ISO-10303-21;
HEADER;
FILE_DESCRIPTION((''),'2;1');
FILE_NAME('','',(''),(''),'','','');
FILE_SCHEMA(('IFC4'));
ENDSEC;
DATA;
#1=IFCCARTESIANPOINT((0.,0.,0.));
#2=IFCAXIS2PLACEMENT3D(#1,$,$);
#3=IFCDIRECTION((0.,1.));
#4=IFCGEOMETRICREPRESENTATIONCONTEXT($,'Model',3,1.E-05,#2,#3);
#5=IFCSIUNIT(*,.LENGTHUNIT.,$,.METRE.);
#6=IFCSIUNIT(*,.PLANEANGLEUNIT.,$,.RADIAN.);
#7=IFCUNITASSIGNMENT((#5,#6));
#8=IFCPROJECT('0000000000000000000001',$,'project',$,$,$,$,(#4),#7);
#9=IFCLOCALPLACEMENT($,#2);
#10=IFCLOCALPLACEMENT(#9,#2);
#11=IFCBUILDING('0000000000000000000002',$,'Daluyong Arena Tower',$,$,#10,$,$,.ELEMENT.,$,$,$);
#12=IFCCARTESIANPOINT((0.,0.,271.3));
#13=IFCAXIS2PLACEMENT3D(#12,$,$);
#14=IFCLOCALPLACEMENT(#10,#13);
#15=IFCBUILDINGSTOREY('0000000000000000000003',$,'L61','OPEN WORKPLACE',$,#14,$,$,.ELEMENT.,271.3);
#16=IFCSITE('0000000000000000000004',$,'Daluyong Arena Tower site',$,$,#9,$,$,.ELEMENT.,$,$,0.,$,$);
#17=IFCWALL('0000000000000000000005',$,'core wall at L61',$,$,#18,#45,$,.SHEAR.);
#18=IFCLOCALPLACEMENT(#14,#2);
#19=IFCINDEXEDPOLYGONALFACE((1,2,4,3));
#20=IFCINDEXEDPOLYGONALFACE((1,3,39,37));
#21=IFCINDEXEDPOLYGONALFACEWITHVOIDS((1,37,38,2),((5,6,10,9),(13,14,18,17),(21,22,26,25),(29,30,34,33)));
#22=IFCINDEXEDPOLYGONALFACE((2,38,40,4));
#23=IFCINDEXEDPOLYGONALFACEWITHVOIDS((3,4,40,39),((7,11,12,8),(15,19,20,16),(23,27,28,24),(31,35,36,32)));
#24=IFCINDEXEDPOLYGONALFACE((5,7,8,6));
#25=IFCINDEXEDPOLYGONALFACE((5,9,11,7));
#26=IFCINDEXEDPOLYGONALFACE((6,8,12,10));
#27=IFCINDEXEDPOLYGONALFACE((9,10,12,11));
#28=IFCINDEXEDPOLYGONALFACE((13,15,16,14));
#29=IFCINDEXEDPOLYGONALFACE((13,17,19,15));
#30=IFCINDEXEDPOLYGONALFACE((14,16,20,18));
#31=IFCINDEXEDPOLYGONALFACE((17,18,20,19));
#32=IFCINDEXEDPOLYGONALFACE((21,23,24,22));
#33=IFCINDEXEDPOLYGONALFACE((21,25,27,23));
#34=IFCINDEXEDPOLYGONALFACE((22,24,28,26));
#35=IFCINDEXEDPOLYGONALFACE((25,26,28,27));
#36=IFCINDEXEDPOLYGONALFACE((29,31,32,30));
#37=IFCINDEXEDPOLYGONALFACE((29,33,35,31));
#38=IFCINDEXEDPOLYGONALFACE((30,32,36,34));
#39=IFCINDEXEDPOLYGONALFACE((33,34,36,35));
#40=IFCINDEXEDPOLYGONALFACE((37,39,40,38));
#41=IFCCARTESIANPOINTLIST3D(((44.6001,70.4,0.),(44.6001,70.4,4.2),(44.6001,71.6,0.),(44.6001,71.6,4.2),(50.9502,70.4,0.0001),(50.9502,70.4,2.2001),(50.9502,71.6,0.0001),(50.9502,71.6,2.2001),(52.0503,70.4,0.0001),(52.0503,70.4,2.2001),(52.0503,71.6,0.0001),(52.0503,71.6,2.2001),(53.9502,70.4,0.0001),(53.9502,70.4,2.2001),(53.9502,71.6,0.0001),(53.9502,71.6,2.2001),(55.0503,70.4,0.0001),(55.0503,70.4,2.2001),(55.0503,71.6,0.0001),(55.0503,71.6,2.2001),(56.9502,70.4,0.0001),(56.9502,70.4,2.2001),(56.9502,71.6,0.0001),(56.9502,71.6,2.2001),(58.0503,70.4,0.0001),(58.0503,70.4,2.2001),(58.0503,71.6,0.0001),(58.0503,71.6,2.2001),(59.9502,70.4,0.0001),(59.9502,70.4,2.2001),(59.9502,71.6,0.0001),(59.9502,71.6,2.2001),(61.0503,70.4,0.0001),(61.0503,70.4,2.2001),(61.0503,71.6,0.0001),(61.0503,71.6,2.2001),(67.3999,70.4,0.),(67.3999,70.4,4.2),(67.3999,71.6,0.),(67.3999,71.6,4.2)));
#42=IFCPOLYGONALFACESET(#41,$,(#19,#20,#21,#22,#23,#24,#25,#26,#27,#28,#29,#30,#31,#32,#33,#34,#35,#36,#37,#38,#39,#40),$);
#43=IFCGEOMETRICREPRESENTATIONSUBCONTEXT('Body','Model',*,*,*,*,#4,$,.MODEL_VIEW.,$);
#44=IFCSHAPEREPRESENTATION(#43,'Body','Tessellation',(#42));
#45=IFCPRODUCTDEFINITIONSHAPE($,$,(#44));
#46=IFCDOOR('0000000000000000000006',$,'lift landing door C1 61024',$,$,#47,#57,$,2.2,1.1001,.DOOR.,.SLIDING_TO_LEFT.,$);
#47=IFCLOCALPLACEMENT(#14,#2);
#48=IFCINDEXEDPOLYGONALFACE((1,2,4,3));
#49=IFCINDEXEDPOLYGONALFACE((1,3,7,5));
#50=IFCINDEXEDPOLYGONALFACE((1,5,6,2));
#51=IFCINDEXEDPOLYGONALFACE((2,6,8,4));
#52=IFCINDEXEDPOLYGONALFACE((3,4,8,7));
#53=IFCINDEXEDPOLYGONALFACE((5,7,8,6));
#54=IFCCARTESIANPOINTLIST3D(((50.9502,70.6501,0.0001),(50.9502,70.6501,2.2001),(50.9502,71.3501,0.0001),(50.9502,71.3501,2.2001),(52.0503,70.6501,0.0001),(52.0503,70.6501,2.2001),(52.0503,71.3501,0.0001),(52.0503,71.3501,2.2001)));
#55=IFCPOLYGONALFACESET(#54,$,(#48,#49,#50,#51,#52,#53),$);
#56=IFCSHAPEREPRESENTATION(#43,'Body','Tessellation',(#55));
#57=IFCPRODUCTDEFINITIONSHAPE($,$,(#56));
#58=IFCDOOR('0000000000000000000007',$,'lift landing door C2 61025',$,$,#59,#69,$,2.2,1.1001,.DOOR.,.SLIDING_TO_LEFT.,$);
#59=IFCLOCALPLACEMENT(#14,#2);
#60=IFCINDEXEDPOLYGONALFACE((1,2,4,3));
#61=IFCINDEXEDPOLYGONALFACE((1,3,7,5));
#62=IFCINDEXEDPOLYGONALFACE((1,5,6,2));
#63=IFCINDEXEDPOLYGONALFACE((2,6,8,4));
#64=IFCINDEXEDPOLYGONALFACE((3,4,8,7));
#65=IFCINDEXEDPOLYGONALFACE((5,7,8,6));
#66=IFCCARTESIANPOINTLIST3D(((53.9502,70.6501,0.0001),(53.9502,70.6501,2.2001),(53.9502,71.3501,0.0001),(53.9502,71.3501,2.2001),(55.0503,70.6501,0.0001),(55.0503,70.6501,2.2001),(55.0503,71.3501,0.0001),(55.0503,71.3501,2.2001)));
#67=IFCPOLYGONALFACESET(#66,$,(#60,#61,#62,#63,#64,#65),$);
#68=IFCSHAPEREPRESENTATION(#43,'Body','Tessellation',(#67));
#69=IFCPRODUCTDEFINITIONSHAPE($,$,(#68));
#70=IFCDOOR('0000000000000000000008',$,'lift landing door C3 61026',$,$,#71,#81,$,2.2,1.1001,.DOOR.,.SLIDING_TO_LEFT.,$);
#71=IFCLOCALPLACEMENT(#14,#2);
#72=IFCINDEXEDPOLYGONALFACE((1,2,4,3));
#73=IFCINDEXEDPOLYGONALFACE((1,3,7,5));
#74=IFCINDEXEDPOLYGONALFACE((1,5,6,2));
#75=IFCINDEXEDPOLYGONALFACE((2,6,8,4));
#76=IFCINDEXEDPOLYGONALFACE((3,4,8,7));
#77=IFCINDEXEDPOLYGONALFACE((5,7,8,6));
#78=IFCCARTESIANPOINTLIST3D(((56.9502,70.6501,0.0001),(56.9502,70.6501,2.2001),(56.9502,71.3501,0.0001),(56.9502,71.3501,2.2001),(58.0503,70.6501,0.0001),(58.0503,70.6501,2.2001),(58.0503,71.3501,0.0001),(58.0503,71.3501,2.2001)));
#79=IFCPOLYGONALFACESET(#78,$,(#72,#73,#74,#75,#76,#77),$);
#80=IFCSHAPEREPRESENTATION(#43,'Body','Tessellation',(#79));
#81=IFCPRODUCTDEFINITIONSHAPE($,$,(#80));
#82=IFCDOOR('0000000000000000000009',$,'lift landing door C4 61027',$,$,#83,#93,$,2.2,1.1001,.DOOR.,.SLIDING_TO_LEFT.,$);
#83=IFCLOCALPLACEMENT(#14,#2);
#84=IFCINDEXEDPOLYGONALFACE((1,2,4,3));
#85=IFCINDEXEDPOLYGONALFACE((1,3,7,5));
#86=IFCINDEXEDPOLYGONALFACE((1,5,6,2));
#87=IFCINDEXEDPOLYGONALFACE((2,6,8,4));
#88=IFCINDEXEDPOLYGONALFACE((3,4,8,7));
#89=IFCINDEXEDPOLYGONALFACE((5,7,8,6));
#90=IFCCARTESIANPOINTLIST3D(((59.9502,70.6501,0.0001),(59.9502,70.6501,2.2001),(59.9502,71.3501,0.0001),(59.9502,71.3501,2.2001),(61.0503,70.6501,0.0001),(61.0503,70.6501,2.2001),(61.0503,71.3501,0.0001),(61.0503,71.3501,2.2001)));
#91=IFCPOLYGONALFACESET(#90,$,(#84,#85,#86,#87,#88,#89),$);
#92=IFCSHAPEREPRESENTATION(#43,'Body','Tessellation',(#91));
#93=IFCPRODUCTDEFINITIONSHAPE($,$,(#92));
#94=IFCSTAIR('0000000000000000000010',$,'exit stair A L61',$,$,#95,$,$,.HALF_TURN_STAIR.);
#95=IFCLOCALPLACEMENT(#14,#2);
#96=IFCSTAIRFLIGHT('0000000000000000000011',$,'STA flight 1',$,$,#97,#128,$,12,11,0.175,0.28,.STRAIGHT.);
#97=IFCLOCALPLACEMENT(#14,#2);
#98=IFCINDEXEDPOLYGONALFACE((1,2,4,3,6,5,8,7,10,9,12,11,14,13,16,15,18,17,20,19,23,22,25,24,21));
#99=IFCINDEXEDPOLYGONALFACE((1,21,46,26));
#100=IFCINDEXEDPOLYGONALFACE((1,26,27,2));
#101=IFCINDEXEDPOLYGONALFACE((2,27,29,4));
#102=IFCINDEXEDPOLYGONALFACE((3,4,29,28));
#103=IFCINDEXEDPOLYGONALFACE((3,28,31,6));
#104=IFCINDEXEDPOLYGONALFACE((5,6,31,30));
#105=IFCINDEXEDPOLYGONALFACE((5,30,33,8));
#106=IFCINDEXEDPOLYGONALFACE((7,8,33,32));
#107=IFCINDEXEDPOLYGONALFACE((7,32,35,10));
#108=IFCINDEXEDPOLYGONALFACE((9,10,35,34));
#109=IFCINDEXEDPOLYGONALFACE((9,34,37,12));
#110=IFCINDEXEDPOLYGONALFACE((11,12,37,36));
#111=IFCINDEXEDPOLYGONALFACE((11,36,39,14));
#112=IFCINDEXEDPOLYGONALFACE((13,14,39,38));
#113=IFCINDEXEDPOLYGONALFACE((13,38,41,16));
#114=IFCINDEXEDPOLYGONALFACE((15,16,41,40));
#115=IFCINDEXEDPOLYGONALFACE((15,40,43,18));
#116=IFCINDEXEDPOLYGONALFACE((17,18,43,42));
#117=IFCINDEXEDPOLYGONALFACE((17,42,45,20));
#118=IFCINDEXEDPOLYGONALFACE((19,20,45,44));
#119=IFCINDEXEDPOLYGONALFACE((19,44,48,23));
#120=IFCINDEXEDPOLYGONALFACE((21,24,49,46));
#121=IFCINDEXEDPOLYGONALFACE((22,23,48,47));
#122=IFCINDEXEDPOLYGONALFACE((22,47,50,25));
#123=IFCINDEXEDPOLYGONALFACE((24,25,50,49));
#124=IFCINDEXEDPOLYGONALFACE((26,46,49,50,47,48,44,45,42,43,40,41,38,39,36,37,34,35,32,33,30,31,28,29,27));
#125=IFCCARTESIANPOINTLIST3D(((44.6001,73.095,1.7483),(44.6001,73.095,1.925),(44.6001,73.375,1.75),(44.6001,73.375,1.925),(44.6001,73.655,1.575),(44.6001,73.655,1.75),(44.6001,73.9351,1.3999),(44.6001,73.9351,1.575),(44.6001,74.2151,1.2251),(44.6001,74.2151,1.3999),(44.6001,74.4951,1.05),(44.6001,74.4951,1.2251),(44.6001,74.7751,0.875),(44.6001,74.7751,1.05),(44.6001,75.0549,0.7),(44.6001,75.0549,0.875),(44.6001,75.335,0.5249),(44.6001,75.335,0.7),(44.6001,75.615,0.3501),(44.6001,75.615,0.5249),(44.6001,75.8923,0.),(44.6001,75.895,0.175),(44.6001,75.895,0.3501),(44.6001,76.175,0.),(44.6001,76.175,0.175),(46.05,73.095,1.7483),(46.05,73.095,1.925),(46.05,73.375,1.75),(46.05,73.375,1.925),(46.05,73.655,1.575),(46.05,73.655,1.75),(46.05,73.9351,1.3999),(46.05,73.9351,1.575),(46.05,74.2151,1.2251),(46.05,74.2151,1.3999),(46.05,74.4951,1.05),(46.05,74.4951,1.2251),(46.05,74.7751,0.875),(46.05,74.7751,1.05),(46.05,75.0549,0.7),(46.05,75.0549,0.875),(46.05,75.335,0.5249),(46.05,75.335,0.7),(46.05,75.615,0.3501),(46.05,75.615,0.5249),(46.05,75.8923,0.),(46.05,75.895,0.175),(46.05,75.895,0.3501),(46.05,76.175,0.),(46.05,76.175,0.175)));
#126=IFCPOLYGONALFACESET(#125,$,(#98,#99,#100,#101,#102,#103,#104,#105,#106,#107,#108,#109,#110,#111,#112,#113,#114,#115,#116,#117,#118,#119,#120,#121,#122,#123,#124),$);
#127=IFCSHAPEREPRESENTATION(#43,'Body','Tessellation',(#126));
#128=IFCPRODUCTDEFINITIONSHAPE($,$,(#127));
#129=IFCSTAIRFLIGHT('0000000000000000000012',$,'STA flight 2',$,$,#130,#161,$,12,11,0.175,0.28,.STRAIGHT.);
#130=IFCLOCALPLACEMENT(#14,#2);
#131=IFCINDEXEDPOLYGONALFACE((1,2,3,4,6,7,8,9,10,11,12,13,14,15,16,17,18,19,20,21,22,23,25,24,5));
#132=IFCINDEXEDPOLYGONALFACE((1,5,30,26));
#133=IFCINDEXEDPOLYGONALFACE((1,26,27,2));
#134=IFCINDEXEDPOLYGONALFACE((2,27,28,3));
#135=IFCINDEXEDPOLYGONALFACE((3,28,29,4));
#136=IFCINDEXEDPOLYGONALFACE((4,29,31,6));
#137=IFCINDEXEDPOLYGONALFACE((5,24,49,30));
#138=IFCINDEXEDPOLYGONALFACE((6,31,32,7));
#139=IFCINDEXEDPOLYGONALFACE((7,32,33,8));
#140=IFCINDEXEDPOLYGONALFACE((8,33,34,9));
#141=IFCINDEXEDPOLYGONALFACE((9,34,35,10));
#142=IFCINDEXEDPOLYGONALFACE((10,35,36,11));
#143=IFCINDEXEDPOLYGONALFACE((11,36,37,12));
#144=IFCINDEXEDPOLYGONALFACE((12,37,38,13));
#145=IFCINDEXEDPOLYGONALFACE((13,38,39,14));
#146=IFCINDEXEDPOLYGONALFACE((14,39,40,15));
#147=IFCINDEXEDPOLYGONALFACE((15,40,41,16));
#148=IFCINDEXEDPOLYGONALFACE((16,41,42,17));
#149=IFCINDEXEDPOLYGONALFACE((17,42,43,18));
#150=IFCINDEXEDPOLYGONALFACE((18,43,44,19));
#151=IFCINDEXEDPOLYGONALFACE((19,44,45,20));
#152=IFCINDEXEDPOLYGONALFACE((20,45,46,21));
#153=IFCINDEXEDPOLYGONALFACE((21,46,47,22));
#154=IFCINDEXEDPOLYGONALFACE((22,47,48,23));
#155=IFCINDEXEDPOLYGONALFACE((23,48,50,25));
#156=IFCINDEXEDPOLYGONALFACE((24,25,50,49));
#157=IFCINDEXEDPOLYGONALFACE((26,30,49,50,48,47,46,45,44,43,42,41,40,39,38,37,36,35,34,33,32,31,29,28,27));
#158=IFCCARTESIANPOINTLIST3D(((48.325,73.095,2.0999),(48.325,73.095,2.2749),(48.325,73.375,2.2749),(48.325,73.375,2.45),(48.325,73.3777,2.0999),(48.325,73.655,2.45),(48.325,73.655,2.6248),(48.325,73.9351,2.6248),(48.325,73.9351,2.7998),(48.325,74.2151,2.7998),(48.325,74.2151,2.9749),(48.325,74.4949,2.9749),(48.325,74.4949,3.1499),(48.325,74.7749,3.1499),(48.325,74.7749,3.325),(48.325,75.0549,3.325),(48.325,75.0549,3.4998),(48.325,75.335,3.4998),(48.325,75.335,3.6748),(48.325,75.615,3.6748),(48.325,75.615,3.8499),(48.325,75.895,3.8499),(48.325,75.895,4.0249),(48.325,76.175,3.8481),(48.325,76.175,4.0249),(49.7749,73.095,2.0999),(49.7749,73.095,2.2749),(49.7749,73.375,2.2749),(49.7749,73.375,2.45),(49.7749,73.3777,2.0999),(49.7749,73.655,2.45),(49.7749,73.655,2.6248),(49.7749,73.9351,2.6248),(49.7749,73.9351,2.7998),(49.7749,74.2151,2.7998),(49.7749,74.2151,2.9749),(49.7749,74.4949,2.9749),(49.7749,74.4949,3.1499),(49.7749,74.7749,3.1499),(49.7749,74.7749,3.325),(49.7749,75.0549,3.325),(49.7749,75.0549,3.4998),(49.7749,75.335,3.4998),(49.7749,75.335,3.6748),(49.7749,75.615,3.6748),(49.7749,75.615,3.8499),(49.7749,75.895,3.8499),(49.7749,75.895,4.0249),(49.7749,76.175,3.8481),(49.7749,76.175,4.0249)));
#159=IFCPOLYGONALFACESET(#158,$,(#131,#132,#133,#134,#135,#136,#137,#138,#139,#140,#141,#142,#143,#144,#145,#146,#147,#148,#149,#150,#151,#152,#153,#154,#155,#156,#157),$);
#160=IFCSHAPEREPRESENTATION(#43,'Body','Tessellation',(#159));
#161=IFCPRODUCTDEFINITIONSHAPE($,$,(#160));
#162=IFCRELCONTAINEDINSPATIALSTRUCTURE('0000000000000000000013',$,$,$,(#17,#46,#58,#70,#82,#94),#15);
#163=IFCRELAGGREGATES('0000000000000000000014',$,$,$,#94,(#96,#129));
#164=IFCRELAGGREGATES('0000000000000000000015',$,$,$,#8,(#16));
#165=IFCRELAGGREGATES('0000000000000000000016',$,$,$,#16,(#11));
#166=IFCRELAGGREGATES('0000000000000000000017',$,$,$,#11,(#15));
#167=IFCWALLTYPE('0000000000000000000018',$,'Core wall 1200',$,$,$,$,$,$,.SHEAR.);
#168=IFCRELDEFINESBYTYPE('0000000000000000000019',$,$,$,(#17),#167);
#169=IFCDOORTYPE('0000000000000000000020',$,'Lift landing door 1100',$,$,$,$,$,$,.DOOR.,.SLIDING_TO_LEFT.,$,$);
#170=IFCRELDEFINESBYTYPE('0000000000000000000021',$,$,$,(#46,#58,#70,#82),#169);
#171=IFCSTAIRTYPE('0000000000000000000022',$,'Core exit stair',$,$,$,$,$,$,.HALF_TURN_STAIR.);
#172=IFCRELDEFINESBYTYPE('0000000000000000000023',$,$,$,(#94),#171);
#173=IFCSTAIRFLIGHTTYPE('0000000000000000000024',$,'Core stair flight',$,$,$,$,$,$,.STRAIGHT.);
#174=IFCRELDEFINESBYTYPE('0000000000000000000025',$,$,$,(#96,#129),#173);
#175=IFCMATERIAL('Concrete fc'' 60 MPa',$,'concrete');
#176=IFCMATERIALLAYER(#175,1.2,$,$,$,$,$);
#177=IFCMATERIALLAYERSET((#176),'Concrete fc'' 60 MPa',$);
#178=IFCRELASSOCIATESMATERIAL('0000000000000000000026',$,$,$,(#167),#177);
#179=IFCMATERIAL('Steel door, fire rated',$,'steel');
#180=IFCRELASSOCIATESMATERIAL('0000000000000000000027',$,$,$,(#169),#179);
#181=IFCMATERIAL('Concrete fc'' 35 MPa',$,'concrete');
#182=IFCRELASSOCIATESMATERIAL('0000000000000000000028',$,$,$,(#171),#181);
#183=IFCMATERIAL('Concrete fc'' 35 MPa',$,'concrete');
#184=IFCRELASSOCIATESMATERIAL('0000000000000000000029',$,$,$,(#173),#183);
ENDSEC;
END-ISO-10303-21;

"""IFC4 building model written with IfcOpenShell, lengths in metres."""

from ifc_helpers import new_model, si_unit, direction, frame, frame_2d, origin, place, context, subcontext, project, spatial, polyline, rectangle, outline, extrude, material, layer, layer_set, type_object, element, fill, aggregate, save


model = new_model("IFC4")

# Units and contexts
model_context = context("Model", 3, precision=1e-05, world=origin(), true_north=direction((0.0, 1.0)))
body_context = subcontext(model_context, "Body", "Model", "MODEL_VIEW")
ifc_project = project(units=[si_unit("LENGTHUNIT", "METRE"), si_unit("PLANEANGLEUNIT", "RADIAN")], contexts=[model_context])

# Site, building, storey
site_placement = place(None, origin())
site = spatial("IfcSite", under=ifc_project, at=site_placement, Name="Daluyong Arena Tower site", CompositionType="ELEMENT", RefElevation=0.0)
building_placement = place(site_placement, origin())
building = spatial("IfcBuilding", under=site, at=building_placement, Name="Daluyong Arena Tower", CompositionType="ELEMENT")
storey_placement = place(building_placement, frame((0.0, 0.0, 271.3)))
storey = spatial("IfcBuildingStorey", under=building, at=storey_placement, Name="L61", Description="OPEN WORKPLACE", CompositionType="ELEMENT", Elevation=271.3)

# Shared definitions
ifc_material_1 = material(Name="Concrete fc' 60 MPa", Category="concrete")
ifc_layer_1 = layer(ifc_material_1, 1.2)
ifc_layer_set_1 = layer_set([ifc_layer_1], Name="Concrete fc' 60 MPa")
wall_type_1 = type_object("IfcWallType", Name="Core wall 1200", PredefinedType="SHEAR", material=ifc_layer_set_1)

# Wall, openings, doors
wall_1_placement = place(storey_placement, frame((44.6001, 71.0, 0.0), z_axis=(0.0, 0.0, 1.0), x_axis=(1.0, 0.0, 0.0)))
wall_1 = element("IfcWall", 1, at=wall_1_placement, inside=storey, type_object=wall_type_1, Name="core wall at L61", PredefinedType="SHEAR", context=body_context, shape_type="SweptSolid", body=[
    extrude(rectangle(XDim=22.7998, YDim=1.2, at=frame_2d((11.3999, 0.0))), origin(), (0.0, 0.0, 1.0), 4.2),
])
opening_1_placement = place(wall_1_placement, frame((6.3501, 0.0, 0.0)))
opening_1 = element("IfcOpeningElement", 2, at=opening_1_placement, cuts=wall_1, PredefinedType="OPENING", context=body_context, shape_type="SweptSolid", body=[
    extrude(rectangle(XDim=1.1001, YDim=2.2, at=frame_2d((0.55, 1.1001))), frame((0.0, 0.6099, 0.0), z_axis=(0.0, -1.0, 0.0), x_axis=(1.0, 0.0, 0.0)), (0.0, 0.0, 1.0), 1.22),
])
opening_2_placement = place(wall_1_placement, frame((9.3501, 0.0, 0.0)))
opening_2 = element("IfcOpeningElement", 3, at=opening_2_placement, cuts=wall_1, PredefinedType="OPENING", context=body_context, shape_type="SweptSolid", body=[
    extrude(rectangle(XDim=1.1001, YDim=2.2, at=frame_2d((0.55, 1.1001))), frame((0.0, 0.6099, 0.0), z_axis=(0.0, -1.0, 0.0), x_axis=(1.0, 0.0, 0.0)), (0.0, 0.0, 1.0), 1.22),
])
opening_3_placement = place(wall_1_placement, frame((12.3501, 0.0, 0.0)))
opening_3 = element("IfcOpeningElement", 4, at=opening_3_placement, cuts=wall_1, PredefinedType="OPENING", context=body_context, shape_type="SweptSolid", body=[
    extrude(rectangle(XDim=1.1001, YDim=2.2, at=frame_2d((0.55, 1.1001))), frame((0.0, 0.6099, 0.0), z_axis=(0.0, -1.0, 0.0), x_axis=(1.0, 0.0, 0.0)), (0.0, 0.0, 1.0), 1.22),
])
opening_4_placement = place(wall_1_placement, frame((15.3501, 0.0, 0.0)))
opening_4 = element("IfcOpeningElement", 5, at=opening_4_placement, cuts=wall_1, PredefinedType="OPENING", context=body_context, shape_type="SweptSolid", body=[
    extrude(rectangle(XDim=1.1001, YDim=2.2, at=frame_2d((0.55, 1.1001))), frame((0.0, 0.6099, 0.0), z_axis=(0.0, -1.0, 0.0), x_axis=(1.0, 0.0, 0.0)), (0.0, 0.0, 1.0), 1.22),
])
ifc_material_2 = material(Name="Steel door, fire rated", Category="steel")
door_type_1 = type_object("IfcDoorType", Name="Lift landing door 1100", OperationType="SLIDING_TO_LEFT", PredefinedType="DOOR", material=ifc_material_2)
door_1_placement = place(opening_1_placement, origin())
door_1 = element("IfcDoor", 6, at=door_1_placement, inside=storey, type_object=door_type_1, Name="lift landing door C1 61024", OperationType="SLIDING_TO_LEFT", OverallHeight=2.2, OverallWidth=1.1001, PredefinedType="DOOR", context=body_context, shape_type="SweptSolid", body=[
    extrude(rectangle(XDim=1.1001, YDim=2.2, at=frame_2d((0.55, 1.1001))), frame((0.0, 0.3501, 0.0), z_axis=(0.0, -1.0, 0.0), x_axis=(1.0, 0.0, 0.0)), (0.0, 0.0, 1.0), 0.7),
])
fill(opening_1, door_1)
door_2_placement = place(opening_2_placement, origin())
door_2 = element("IfcDoor", 7, at=door_2_placement, inside=storey, type_object=door_type_1, Name="lift landing door C2 61025", OperationType="SLIDING_TO_LEFT", OverallHeight=2.2, OverallWidth=1.1001, PredefinedType="DOOR", context=body_context, shape_type="SweptSolid", body=[
    extrude(rectangle(XDim=1.1001, YDim=2.2, at=frame_2d((0.55, 1.1001))), frame((0.0, 0.3501, 0.0), z_axis=(0.0, -1.0, 0.0), x_axis=(1.0, 0.0, 0.0)), (0.0, 0.0, 1.0), 0.7),
])
fill(opening_2, door_2)
door_3_placement = place(opening_3_placement, origin())
door_3 = element("IfcDoor", 8, at=door_3_placement, inside=storey, type_object=door_type_1, Name="lift landing door C3 61026", OperationType="SLIDING_TO_LEFT", OverallHeight=2.2, OverallWidth=1.1001, PredefinedType="DOOR", context=body_context, shape_type="SweptSolid", body=[
    extrude(rectangle(XDim=1.1001, YDim=2.2, at=frame_2d((0.55, 1.1001))), frame((0.0, 0.3501, 0.0), z_axis=(0.0, -1.0, 0.0), x_axis=(1.0, 0.0, 0.0)), (0.0, 0.0, 1.0), 0.7),
])
fill(opening_3, door_3)
door_4_placement = place(opening_4_placement, origin())
door_4 = element("IfcDoor", 9, at=door_4_placement, inside=storey, type_object=door_type_1, Name="lift landing door C4 61027", OperationType="SLIDING_TO_LEFT", OverallHeight=2.2, OverallWidth=1.1001, PredefinedType="DOOR", context=body_context, shape_type="SweptSolid", body=[
    extrude(rectangle(XDim=1.1001, YDim=2.2, at=frame_2d((0.55, 1.1001))), frame((0.0, 0.3501, 0.0), z_axis=(0.0, -1.0, 0.0), x_axis=(1.0, 0.0, 0.0)), (0.0, 0.0, 1.0), 0.7),
])
fill(opening_4, door_4)

# Stair, stair flights
ifc_material_3 = material(Name="Concrete fc' 35 MPa", Category="concrete")
stair_type = type_object("IfcStairType", Name="Core exit stair", PredefinedType="HALF_TURN_STAIR", material=ifc_material_3)
stair_placement = place(storey_placement, origin())
stair = element("IfcStair", 10, at=stair_placement, inside=storey, type_object=stair_type, Name="exit stair A L61", PredefinedType="HALF_TURN_STAIR")
ifc_material_4 = material(Name="Concrete fc' 35 MPa", Category="concrete")
stair_flight_type = type_object("IfcStairFlightType", Name="Core stair flight", PredefinedType="STRAIGHT", material=ifc_material_4)
stair_flight_1_placement = place(storey_placement, frame((45.325, 76.175, 0.0), z_axis=(0.0, 0.0, 1.0), x_axis=(0.0, -1.0, 0.0)))
stair_flight_1 = element("IfcStairFlight", 11, at=stair_flight_1_placement, type_object=stair_flight_type, Name="STA flight 1", NumberOfRisers=12, NumberOfTreads=11, PredefinedType="STRAIGHT", RiserHeight=0.175, TreadLength=0.28, context=body_context, shape_type="SweptSolid", body=[
    extrude(outline(polyline([(0.0, 0.0), (0.0, 0.175), (0.28, 0.175), (0.28, 0.3501), (0.5601, 0.3501), (0.5601, 0.5249), (0.8401, 0.5249), (0.8401, 0.7), (1.1201, 0.7), (1.1201, 0.875), (1.3999, 0.875), (1.3999, 1.05), (1.6799, 1.05), (1.6799, 1.2251), (1.96, 1.2251), (1.96, 1.3999), (2.24, 1.3999), (2.24, 1.575), (2.52, 1.575), (2.52, 1.75), (2.8, 1.75), (2.8, 1.925), (3.0801, 1.925), (3.0801, 2.1001), (3.0801, 1.7483), (0.2827, 0.0), (0.0, 0.0)])), frame((0.0, 0.7251, 0.0), z_axis=(0.0, -1.0, 0.0), x_axis=(1.0, 0.0, 0.0)), (0.0, 0.0, 1.0), 1.45),
])
stair_flight_2_placement = place(storey_placement, frame((49.05, 73.095, 2.0999), z_axis=(0.0, 0.0, 1.0), x_axis=(0.0, 1.0, 0.0)))
stair_flight_2 = element("IfcStairFlight", 12, at=stair_flight_2_placement, type_object=stair_flight_type, Name="STA flight 2", NumberOfRisers=12, NumberOfTreads=11, PredefinedType="STRAIGHT", RiserHeight=0.175, TreadLength=0.28, context=body_context, shape_type="SweptSolid", body=[
    extrude(outline(polyline([(0.0, 0.0), (0.0, 0.175), (0.28, 0.175), (0.28, 0.3501), (0.5601, 0.3501), (0.5601, 0.5249), (0.8401, 0.5249), (0.8401, 0.7), (1.1201, 0.7), (1.1201, 0.875), (1.3999, 0.875), (1.3999, 1.05), (1.6799, 1.05), (1.6799, 1.2251), (1.96, 1.2251), (1.96, 1.3999), (2.24, 1.3999), (2.24, 1.575), (2.52, 1.575), (2.52, 1.75), (2.8, 1.75), (2.8, 1.925), (3.0801, 1.925), (3.0801, 2.1001), (3.0801, 1.7483), (0.2827, 0.0), (0.0, 0.0)])), frame((0.0, 0.7251, 0.0), z_axis=(0.0, -1.0, 0.0), x_axis=(1.0, 0.0, 0.0)), (0.0, 0.0, 1.0), 1.45),
])
aggregate(stair, [stair_flight_1, stair_flight_2])

save(model, "model.ifc")
